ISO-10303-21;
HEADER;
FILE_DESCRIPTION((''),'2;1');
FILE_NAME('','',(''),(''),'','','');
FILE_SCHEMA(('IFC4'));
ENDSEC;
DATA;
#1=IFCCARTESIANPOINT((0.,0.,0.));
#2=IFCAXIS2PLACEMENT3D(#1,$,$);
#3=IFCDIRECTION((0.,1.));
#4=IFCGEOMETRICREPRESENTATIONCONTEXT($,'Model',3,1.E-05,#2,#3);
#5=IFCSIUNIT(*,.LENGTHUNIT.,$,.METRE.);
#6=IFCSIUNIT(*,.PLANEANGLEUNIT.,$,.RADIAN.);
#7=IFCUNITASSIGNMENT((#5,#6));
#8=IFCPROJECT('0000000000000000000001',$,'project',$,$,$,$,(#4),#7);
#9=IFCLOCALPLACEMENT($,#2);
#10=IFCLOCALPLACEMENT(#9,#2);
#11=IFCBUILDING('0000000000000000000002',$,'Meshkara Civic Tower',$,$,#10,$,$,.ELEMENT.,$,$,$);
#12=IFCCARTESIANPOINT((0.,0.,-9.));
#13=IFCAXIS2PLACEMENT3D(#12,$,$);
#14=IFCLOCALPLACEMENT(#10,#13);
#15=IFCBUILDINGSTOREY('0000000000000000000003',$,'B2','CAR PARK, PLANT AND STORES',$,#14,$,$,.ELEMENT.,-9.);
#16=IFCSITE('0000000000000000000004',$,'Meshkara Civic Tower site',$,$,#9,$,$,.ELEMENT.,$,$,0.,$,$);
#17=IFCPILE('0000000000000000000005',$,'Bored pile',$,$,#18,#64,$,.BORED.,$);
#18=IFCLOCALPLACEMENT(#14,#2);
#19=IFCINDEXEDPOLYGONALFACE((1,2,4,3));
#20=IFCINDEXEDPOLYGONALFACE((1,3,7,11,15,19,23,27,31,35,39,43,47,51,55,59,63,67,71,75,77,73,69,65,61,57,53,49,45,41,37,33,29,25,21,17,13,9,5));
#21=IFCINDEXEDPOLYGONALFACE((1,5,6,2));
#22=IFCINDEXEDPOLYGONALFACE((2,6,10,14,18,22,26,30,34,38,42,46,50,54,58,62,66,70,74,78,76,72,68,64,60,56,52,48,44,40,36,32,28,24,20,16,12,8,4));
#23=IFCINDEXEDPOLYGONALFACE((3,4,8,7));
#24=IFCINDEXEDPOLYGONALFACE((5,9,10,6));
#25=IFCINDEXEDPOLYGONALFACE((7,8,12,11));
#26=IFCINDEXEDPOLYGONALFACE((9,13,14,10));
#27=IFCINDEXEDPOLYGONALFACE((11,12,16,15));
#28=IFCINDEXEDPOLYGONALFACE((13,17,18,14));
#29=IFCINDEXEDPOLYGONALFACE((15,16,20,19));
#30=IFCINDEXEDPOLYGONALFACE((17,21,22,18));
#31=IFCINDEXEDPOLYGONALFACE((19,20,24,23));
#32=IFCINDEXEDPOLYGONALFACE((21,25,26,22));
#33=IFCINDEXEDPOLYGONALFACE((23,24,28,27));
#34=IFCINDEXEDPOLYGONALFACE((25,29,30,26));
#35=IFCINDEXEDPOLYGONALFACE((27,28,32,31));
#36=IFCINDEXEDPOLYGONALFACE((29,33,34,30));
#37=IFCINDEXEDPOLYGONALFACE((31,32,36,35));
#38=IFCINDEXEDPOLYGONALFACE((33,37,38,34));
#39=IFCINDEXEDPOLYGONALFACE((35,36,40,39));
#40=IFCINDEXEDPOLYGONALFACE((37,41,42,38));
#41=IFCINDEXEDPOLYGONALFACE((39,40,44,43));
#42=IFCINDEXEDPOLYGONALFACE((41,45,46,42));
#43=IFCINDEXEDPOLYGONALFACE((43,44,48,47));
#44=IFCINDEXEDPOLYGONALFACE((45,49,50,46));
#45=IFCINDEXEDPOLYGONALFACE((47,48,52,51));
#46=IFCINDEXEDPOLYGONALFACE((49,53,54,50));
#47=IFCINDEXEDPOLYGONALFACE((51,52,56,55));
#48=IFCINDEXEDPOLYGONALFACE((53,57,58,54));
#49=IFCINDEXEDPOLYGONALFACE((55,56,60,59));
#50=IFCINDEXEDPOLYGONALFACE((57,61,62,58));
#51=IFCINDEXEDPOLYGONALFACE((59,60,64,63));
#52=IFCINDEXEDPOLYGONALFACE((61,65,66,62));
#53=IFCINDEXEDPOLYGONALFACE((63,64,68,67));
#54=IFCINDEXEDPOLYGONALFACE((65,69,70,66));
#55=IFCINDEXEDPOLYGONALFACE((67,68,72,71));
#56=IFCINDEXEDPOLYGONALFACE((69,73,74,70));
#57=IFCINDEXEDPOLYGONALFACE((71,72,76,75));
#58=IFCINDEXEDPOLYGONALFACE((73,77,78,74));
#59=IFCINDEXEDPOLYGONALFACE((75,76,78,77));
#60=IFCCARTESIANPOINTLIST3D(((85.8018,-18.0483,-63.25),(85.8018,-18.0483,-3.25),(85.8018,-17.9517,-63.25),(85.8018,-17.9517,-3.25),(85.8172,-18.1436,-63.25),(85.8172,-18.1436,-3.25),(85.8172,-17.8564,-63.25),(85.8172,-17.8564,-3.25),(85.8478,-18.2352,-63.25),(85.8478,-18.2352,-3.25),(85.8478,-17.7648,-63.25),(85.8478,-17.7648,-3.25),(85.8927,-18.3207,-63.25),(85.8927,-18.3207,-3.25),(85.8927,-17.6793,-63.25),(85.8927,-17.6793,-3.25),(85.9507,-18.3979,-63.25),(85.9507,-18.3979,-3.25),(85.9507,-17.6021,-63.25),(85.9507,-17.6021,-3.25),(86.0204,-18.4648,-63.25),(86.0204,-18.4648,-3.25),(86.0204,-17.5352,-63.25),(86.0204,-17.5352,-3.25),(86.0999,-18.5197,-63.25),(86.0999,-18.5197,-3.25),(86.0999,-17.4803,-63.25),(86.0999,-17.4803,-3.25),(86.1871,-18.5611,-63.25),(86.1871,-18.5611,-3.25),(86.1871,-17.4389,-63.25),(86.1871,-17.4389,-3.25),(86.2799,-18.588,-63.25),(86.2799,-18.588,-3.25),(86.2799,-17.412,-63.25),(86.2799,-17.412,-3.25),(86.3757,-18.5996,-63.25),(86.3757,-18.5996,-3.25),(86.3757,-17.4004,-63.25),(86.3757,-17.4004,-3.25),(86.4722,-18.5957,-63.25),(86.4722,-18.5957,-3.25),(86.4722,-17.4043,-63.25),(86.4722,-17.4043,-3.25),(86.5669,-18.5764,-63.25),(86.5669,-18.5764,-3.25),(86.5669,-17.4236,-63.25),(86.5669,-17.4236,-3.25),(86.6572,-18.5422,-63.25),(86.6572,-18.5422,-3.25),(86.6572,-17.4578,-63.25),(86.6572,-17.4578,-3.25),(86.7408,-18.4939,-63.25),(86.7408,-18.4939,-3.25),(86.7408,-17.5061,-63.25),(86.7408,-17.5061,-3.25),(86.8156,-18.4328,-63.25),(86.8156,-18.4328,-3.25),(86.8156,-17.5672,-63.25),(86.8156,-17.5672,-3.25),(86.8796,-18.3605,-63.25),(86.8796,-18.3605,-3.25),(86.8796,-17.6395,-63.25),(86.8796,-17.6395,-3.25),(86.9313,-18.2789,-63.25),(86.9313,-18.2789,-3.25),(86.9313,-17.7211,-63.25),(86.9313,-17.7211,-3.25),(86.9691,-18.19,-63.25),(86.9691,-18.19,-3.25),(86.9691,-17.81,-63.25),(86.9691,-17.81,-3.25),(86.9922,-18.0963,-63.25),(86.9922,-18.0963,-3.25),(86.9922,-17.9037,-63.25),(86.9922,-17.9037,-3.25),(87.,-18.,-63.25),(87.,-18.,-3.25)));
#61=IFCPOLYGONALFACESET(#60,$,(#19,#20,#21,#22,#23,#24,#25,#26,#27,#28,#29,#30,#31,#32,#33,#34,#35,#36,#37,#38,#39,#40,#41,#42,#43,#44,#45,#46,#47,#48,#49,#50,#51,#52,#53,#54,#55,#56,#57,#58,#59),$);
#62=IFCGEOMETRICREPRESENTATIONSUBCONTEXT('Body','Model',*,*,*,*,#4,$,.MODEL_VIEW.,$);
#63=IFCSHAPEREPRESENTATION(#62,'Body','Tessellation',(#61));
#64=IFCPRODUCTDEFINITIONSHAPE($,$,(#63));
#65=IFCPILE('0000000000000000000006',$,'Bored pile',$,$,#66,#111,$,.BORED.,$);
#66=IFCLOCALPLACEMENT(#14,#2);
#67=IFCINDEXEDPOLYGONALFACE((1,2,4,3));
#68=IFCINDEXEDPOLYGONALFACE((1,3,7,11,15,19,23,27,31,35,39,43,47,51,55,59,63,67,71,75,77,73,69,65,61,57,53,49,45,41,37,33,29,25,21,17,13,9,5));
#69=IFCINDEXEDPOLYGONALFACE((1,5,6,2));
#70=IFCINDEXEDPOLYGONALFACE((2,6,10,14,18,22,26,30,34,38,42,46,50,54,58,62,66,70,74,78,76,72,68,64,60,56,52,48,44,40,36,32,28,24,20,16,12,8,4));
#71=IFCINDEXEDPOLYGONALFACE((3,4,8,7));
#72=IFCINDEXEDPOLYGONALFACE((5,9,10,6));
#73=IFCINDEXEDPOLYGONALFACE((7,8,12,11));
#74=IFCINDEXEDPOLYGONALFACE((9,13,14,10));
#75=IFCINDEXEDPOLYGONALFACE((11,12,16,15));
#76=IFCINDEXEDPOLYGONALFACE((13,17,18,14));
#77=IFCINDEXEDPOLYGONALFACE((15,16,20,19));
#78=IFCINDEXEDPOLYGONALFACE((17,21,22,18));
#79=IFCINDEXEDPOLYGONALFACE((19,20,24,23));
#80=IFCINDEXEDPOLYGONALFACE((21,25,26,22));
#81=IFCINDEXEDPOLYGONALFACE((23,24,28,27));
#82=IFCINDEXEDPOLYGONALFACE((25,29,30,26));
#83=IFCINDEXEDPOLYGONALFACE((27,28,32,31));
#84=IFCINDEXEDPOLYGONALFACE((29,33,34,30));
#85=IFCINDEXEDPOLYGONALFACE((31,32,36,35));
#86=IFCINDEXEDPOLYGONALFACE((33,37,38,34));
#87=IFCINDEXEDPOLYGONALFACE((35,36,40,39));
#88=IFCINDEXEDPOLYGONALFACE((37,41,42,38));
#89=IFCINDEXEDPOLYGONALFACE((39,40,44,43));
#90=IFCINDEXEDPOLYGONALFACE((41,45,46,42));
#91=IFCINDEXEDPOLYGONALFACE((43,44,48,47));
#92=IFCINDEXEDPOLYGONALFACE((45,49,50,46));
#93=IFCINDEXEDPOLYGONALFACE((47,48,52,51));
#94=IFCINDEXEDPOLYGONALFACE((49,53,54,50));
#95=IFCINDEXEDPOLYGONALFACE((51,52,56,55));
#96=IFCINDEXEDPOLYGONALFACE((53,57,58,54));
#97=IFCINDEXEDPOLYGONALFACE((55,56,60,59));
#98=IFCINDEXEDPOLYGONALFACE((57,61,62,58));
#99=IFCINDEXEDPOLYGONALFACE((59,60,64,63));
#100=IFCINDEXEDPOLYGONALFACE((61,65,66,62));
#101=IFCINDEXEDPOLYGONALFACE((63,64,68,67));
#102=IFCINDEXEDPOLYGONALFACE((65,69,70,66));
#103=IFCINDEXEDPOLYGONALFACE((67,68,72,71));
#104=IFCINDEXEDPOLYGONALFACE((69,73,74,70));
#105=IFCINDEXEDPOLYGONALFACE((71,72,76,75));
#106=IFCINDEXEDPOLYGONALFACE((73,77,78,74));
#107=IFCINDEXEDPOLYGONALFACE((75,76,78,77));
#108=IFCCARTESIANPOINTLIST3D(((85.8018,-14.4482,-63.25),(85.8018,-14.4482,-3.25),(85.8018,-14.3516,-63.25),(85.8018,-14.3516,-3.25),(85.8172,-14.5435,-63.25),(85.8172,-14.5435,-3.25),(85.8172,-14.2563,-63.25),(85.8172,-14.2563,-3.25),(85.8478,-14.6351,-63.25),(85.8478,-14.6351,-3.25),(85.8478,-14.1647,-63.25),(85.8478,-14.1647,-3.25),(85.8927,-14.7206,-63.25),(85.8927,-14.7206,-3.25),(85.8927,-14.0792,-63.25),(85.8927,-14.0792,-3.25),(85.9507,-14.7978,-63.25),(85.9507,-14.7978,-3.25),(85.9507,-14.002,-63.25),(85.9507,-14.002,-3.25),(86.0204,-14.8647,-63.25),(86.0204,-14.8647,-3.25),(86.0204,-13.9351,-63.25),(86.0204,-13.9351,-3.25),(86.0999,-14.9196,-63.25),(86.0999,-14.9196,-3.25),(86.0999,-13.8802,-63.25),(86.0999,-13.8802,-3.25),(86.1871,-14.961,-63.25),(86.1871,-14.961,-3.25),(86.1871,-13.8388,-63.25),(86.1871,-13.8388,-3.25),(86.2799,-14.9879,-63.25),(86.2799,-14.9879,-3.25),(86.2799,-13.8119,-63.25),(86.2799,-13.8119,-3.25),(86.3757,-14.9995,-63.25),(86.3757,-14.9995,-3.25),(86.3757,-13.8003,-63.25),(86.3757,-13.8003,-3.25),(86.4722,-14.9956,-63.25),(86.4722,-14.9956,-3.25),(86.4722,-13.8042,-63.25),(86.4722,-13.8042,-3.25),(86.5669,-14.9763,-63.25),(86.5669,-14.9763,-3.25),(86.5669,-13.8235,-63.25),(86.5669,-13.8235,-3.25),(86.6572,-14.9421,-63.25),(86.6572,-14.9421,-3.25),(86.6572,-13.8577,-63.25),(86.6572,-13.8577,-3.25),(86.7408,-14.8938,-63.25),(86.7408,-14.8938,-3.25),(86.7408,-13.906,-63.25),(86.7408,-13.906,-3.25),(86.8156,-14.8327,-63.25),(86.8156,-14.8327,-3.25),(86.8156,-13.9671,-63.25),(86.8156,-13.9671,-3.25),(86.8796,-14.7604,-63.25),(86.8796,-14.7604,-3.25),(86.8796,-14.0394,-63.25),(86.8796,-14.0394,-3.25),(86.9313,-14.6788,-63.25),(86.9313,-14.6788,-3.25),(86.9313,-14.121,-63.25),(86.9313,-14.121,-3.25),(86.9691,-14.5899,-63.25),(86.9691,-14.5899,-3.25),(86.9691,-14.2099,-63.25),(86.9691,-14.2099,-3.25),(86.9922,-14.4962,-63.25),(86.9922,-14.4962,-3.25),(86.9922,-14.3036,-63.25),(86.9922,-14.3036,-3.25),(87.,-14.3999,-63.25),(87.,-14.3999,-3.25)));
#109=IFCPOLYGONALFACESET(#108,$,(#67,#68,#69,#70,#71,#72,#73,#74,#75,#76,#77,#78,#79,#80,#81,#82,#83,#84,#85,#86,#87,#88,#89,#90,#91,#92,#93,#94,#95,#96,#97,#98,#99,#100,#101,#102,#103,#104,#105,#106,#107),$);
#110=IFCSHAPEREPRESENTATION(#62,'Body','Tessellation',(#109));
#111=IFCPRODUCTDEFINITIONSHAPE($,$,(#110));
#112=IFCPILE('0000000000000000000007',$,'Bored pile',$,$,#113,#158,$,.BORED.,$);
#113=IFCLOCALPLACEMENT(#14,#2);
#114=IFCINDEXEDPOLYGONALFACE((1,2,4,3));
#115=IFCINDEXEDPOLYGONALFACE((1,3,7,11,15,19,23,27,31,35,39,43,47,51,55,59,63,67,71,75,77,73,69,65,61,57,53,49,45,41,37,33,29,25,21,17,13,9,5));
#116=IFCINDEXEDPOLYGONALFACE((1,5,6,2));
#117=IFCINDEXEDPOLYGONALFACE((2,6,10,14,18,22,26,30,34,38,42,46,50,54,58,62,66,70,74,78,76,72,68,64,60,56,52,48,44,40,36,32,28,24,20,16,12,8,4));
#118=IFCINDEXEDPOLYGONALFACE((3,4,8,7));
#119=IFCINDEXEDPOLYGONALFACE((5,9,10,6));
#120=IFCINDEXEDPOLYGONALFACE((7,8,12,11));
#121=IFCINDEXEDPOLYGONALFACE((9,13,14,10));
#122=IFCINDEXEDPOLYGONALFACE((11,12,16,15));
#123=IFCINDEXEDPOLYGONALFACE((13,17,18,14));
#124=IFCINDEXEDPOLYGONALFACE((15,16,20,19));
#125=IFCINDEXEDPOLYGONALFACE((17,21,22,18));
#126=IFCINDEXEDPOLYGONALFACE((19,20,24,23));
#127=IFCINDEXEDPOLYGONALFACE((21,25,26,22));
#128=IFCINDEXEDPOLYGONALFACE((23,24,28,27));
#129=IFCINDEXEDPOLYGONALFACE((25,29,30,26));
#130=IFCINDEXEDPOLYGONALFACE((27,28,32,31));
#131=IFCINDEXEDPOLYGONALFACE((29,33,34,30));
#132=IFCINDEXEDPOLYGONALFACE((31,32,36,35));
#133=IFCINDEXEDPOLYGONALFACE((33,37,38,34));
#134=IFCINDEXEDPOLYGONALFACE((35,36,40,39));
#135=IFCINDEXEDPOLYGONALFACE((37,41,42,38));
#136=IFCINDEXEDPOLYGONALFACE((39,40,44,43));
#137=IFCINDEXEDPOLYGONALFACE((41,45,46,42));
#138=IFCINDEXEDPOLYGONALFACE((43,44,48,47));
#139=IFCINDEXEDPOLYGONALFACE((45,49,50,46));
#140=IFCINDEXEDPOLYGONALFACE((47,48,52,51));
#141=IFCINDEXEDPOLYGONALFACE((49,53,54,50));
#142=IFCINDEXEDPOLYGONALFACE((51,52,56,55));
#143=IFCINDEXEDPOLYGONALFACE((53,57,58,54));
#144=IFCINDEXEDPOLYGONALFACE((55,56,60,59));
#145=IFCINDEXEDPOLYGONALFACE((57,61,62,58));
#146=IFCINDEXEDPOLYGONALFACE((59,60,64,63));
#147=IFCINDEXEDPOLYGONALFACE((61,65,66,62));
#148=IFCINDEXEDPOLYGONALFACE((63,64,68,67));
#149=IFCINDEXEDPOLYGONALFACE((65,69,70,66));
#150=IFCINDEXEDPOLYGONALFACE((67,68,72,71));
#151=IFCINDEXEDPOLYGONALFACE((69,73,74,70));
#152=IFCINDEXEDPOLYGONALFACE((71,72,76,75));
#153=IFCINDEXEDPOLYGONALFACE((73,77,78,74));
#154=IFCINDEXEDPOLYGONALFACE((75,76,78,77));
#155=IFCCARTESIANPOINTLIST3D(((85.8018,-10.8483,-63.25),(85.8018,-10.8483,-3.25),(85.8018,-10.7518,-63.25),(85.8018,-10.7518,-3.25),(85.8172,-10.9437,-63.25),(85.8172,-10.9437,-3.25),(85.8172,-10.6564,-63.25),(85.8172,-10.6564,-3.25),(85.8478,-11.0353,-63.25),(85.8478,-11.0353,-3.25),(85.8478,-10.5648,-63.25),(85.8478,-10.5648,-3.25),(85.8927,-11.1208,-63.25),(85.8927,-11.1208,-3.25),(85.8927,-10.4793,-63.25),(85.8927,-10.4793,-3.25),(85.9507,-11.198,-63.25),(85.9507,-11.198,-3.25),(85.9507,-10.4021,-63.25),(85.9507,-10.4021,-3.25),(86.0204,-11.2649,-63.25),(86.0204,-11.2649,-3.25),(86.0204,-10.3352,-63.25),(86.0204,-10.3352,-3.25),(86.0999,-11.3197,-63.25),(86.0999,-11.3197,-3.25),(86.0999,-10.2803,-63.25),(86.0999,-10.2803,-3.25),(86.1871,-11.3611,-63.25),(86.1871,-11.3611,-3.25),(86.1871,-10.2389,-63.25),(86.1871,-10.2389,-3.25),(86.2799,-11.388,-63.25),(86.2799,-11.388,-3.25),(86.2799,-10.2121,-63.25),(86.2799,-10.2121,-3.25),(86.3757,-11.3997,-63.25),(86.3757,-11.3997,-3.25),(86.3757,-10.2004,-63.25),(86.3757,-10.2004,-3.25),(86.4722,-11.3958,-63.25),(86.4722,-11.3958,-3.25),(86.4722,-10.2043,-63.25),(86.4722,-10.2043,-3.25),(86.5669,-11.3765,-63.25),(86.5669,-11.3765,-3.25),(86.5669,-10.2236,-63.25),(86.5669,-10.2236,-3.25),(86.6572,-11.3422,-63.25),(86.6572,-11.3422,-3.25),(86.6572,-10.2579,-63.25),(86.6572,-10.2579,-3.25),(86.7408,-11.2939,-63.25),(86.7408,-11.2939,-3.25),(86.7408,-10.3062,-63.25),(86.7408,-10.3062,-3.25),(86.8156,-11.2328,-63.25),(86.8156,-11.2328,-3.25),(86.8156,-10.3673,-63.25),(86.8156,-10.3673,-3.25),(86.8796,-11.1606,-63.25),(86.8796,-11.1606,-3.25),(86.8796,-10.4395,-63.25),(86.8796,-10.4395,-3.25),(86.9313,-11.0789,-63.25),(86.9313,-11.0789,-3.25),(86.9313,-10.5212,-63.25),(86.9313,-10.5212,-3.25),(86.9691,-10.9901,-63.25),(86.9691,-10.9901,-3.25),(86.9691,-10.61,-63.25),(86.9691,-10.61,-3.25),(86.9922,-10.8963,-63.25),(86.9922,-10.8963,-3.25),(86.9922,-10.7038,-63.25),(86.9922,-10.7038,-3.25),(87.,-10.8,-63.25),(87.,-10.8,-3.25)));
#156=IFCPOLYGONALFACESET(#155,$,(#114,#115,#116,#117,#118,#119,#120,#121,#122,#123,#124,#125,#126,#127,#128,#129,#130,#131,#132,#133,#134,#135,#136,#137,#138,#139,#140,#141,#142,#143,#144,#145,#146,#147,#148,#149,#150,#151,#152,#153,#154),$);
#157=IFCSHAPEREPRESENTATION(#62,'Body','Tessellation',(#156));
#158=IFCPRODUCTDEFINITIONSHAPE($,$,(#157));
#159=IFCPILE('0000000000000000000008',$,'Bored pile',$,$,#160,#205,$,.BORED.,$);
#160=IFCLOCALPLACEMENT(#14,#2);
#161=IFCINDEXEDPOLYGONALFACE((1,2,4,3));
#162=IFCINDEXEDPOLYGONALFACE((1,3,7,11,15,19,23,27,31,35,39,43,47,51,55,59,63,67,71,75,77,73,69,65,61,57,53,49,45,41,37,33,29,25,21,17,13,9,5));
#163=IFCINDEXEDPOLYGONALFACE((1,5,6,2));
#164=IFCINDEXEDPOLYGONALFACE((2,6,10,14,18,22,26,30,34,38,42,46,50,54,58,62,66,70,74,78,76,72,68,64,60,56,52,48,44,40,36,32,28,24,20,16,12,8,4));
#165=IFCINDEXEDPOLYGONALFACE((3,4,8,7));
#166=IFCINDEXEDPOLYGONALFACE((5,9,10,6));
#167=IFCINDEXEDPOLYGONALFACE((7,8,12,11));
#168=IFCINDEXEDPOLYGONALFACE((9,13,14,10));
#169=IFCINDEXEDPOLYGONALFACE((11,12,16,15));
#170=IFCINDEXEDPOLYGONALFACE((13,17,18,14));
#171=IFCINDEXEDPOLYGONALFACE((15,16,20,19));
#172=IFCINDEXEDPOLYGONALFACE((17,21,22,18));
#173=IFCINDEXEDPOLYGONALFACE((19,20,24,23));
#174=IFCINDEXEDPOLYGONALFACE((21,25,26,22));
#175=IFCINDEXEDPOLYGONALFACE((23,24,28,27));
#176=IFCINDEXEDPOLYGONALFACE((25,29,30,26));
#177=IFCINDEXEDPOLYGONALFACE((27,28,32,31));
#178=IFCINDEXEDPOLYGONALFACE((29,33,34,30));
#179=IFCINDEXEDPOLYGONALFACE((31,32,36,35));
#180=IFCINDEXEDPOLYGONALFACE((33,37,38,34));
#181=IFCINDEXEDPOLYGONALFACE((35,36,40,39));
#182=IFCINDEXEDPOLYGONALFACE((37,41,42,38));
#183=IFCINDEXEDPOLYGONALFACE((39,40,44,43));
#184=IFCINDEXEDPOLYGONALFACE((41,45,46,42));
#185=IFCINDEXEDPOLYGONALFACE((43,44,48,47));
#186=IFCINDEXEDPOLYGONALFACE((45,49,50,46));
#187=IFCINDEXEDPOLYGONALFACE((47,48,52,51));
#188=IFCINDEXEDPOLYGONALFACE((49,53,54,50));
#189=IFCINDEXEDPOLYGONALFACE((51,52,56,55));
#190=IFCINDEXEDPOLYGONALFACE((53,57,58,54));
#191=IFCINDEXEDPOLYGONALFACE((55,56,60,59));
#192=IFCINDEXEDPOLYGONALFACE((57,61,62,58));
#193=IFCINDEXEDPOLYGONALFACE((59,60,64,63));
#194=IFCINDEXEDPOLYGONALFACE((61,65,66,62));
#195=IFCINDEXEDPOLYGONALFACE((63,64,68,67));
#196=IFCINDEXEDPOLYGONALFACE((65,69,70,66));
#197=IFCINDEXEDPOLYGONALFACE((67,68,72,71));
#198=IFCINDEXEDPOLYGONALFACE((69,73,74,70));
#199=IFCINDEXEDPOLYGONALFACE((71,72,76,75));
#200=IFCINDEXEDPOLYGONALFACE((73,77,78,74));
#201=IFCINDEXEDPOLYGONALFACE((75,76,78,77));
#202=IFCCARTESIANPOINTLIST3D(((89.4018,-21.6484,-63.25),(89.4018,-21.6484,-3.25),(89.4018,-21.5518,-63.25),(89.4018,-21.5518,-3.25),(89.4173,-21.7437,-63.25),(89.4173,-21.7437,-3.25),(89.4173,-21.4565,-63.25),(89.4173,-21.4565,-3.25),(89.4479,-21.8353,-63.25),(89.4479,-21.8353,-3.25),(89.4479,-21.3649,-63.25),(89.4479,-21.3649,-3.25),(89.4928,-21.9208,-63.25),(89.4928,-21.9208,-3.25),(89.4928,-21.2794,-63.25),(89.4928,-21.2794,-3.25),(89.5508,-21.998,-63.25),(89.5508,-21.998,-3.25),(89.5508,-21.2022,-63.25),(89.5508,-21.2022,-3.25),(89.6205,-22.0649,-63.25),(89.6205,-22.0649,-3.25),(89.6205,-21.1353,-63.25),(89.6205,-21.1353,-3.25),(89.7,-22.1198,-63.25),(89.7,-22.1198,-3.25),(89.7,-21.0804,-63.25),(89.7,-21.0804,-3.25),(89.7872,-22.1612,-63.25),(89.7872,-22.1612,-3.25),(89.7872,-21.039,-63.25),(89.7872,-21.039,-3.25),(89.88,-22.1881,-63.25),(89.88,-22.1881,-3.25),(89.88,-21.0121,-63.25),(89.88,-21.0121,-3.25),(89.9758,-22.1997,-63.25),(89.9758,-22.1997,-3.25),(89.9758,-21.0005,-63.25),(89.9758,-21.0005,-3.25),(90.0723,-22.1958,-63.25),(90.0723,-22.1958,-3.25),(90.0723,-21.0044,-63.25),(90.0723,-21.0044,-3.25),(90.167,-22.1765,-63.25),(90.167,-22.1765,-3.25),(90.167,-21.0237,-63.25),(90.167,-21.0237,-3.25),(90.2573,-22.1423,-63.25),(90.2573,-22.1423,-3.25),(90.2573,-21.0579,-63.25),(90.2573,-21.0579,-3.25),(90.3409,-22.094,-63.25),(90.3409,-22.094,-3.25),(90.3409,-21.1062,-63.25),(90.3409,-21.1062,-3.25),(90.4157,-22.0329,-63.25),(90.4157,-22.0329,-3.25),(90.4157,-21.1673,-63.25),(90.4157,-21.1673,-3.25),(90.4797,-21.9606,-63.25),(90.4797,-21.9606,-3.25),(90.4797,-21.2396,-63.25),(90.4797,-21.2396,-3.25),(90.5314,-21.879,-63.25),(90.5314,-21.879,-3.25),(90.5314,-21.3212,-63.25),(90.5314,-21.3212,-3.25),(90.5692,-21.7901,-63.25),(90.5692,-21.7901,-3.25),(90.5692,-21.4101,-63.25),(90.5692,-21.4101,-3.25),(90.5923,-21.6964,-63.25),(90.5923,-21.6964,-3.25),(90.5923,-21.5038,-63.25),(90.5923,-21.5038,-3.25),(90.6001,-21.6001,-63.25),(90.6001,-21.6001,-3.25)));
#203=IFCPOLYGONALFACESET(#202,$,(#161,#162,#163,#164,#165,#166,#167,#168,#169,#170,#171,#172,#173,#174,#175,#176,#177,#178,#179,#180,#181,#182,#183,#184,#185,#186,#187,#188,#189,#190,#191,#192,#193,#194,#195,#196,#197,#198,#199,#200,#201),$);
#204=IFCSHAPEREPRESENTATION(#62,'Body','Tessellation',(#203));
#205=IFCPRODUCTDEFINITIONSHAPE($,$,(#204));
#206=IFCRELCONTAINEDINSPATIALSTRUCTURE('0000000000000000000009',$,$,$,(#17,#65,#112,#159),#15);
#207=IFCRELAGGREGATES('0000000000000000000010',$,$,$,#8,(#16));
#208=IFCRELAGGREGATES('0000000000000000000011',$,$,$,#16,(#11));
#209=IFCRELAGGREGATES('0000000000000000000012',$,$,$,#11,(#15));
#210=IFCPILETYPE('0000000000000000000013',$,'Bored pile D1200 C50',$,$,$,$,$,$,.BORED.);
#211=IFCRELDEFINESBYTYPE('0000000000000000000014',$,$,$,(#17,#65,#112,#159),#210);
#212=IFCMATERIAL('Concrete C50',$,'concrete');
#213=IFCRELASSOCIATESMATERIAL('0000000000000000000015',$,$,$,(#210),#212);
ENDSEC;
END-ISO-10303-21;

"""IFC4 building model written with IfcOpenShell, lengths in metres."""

from ifc_helpers import new_model, si_unit, direction, frame, origin, origin_2d, place, context, subcontext, project, spatial, circle, extrude, material, material_profile, profile_set, type_object, element, save


model = new_model("IFC4")

# Units and contexts
model_context = context("Model", 3, precision=1e-05, world=origin(), true_north=direction((0.0, 1.0)))
body_context = subcontext(model_context, "Body", "Model", "MODEL_VIEW")
ifc_project = project(units=[si_unit("LENGTHUNIT", "METRE"), si_unit("PLANEANGLEUNIT", "RADIAN")], contexts=[model_context])

# Site, building, storey
site_placement = place(None, origin())
site = spatial("IfcSite", under=ifc_project, at=site_placement, Name="Meshkara Civic Tower site", CompositionType="ELEMENT", RefElevation=0.0)
building_placement = place(site_placement, origin())
building = spatial("IfcBuilding", under=site, at=building_placement, Name="Meshkara Civic Tower", CompositionType="ELEMENT")
storey_placement = place(building_placement, frame((0.0, 0.0, -9.0)))
storey = spatial("IfcBuildingStorey", under=building, at=storey_placement, Name="B2", Description="CAR PARK, PLANT AND STORES", CompositionType="ELEMENT", Elevation=-9.0)

# Piles
ifc_material_1 = material(Name="Concrete C50", Category="concrete")
ifc_material_profile_1 = material_profile(ifc_material_1, circle(Radius=0.6001, at=origin_2d()))
ifc_profile_set_1 = profile_set([ifc_material_profile_1], Name="Concrete C50")
pile_type = type_object("IfcPileType", Name="Bored pile D1200 C50", PredefinedType="BORED", material=ifc_profile_set_1)
for number, where, z_axis, x_axis, name in (
    (1, (86.3999, -18.0, -3.25), (0.0, 0.0, -1.0), (1.0, 0.0, 0.0), "Bored pile"),
    (2, (86.3999, -14.3999, -3.25), (0.0, 0.0, -1.0), (1.0, 0.0, 0.0), "Bored pile"),
    (3, (86.3999, -10.8, -3.25), (0.0, 0.0, -1.0), (1.0, 0.0, 0.0), "Bored pile"),
    (4, (90.0, -21.6001, -3.25), (0.0, 0.0, -1.0), (1.0, 0.0, 0.0), "Bored pile"),
):
    element("IfcPile", number, at=place(storey_placement, frame(where, z_axis=z_axis, x_axis=x_axis)), inside=storey, type_object=pile_type, Name=name, PredefinedType="BORED", context=body_context, shape_type="SweptSolid", body=[
        extrude(circle(Radius=0.6001, at=origin_2d()), origin(), (0.0, 0.0, 1.0), 60.0),
    ])

save(model, "model.ifc")
